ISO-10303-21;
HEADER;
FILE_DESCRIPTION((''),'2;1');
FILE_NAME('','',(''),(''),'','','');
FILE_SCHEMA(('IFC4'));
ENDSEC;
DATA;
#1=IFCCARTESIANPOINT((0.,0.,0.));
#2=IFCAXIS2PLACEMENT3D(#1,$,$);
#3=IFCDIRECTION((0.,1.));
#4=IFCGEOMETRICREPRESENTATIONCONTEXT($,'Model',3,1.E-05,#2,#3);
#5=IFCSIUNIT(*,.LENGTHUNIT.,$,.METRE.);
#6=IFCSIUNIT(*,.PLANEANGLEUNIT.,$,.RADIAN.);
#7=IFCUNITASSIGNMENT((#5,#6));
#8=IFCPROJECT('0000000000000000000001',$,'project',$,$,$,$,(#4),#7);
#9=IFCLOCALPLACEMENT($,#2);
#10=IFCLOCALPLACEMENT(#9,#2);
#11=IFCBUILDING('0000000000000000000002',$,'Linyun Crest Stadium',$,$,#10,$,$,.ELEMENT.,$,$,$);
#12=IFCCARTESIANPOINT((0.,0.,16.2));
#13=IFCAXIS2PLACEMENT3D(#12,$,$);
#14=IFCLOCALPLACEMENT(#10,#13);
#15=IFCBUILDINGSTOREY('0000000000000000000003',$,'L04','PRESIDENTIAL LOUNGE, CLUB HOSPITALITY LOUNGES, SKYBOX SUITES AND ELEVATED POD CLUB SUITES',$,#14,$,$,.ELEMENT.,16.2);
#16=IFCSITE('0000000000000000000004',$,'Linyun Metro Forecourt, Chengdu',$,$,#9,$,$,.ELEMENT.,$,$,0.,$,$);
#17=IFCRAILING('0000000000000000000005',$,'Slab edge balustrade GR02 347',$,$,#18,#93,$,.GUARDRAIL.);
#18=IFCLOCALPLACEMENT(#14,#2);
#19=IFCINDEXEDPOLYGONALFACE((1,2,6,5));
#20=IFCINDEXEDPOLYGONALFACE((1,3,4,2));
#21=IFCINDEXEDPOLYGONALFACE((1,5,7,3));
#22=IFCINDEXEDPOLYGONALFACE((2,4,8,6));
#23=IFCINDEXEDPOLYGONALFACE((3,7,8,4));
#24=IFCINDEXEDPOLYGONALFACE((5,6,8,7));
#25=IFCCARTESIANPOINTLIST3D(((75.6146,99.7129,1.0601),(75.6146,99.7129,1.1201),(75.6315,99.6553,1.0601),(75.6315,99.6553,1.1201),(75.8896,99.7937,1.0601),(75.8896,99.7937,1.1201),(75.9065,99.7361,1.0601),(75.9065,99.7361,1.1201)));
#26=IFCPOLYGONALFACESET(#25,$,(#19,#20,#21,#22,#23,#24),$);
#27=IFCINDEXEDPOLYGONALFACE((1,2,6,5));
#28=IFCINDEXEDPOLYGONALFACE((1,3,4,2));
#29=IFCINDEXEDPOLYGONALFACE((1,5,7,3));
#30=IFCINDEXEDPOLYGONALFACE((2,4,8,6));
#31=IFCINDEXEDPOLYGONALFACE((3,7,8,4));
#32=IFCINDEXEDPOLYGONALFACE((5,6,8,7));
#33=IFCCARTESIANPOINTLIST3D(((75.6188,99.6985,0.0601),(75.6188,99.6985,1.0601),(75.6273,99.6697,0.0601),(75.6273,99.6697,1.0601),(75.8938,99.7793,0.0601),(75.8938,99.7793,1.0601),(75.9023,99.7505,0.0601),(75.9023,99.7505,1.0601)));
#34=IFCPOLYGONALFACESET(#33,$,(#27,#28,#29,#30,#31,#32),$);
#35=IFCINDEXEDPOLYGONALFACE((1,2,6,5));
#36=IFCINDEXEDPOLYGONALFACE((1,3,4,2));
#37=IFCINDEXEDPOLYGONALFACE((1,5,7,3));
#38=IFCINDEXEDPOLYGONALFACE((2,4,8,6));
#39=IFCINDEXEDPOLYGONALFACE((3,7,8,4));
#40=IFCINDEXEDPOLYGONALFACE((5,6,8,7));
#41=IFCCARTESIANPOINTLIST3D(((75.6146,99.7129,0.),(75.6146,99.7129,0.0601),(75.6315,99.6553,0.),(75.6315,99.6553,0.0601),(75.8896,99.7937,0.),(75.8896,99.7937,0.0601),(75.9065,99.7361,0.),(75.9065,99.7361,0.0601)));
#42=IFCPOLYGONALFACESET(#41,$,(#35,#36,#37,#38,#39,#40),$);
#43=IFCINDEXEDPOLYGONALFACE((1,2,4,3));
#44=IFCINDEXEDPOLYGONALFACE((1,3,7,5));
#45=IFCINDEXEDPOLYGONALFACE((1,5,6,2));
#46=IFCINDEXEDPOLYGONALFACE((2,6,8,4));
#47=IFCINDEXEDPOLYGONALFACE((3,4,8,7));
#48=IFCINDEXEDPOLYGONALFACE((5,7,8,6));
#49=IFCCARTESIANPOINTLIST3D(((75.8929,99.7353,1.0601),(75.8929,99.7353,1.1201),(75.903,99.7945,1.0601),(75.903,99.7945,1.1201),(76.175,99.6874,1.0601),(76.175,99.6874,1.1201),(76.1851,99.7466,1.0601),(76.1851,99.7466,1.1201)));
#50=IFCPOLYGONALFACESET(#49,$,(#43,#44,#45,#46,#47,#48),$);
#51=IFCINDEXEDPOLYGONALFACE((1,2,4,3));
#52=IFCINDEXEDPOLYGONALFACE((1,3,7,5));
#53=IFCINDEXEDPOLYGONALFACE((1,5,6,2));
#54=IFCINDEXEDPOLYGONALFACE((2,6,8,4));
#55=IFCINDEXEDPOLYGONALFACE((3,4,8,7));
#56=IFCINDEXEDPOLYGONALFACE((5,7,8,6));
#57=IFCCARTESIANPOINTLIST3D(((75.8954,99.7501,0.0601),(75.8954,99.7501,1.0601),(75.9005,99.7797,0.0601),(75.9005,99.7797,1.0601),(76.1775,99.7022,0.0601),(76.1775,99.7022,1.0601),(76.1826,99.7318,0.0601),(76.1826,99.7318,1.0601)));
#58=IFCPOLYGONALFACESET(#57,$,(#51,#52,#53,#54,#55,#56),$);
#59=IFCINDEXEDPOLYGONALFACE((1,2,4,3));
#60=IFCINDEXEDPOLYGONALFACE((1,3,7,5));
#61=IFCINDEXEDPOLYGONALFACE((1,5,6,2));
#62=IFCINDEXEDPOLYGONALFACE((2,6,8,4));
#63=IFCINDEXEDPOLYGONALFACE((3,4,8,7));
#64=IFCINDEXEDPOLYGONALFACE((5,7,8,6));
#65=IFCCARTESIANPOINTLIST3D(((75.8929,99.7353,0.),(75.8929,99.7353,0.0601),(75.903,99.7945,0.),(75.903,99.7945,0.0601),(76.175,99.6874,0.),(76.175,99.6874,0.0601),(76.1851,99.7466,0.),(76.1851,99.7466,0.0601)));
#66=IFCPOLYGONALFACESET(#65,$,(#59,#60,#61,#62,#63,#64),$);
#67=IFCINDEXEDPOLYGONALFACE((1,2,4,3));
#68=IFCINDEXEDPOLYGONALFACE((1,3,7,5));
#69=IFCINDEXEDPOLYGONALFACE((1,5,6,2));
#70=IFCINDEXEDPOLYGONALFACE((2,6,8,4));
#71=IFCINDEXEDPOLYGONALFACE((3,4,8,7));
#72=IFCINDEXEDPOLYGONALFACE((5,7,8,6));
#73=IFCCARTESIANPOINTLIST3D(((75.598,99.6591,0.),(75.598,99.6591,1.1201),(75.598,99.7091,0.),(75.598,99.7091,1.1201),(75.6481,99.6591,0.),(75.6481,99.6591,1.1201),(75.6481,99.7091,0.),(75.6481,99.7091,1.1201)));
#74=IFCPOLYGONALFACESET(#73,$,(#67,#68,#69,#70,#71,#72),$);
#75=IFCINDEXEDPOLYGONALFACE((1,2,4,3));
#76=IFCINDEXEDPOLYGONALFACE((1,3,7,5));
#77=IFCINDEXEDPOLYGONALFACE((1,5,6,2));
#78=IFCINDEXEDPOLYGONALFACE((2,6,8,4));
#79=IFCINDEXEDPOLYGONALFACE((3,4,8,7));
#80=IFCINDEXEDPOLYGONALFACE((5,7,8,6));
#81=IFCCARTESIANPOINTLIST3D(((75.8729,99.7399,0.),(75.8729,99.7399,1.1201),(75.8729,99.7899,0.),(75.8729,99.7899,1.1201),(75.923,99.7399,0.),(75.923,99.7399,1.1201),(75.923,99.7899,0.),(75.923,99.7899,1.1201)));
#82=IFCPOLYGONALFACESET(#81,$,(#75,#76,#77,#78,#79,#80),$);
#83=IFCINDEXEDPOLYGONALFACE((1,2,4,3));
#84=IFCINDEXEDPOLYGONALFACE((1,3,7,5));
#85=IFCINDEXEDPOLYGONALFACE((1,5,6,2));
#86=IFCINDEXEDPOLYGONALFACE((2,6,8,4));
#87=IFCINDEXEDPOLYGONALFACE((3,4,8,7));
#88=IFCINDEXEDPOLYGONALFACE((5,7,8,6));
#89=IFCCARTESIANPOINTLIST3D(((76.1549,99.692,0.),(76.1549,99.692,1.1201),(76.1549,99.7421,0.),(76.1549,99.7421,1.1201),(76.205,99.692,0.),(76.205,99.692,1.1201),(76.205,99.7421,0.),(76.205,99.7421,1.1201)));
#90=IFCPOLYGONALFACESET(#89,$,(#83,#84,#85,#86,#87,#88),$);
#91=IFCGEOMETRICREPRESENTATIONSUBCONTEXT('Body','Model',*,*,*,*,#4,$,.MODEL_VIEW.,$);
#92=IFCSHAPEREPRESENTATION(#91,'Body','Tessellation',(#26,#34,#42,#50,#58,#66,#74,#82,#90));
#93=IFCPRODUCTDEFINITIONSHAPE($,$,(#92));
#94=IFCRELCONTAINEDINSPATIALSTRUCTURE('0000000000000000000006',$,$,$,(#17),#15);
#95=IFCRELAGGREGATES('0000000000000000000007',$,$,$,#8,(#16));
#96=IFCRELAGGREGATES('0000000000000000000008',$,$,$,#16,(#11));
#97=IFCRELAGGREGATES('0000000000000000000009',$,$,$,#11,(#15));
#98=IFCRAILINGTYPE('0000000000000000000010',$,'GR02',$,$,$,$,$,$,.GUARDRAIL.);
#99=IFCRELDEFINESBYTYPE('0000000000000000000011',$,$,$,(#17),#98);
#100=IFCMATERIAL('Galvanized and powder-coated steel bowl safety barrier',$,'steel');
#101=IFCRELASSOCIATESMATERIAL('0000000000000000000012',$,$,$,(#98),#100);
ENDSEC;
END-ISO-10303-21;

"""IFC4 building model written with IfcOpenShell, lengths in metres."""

from ifc_helpers import new_model, si_unit, direction, frame, origin, origin_2d, place, context, subcontext, project, spatial, rectangle, extrude, material, type_object, element, save


model = new_model("IFC4")

# Units and contexts
model_context = context("Model", 3, precision=1e-05, world=origin(), true_north=direction((0.0, 1.0)))
body_context = subcontext(model_context, "Body", "Model", "MODEL_VIEW")
ifc_project = project(units=[si_unit("LENGTHUNIT", "METRE"), si_unit("PLANEANGLEUNIT", "RADIAN")], contexts=[model_context])

# Site, building, storey
site_placement = place(None, origin())
site = spatial("IfcSite", under=ifc_project, at=site_placement, Name="Linyun Metro Forecourt, Chengdu", CompositionType="ELEMENT", RefElevation=0.0)
building_placement = place(site_placement, origin())
building = spatial("IfcBuilding", under=site, at=building_placement, Name="Linyun Crest Stadium", CompositionType="ELEMENT")
storey_placement = place(building_placement, frame((0.0, 0.0, 16.2)))
storey = spatial("IfcBuildingStorey", under=building, at=storey_placement, Name="L04", Description="PRESIDENTIAL LOUNGE, CLUB HOSPITALITY LOUNGES, SKYBOX SUITES AND ELEVATED POD CLUB SUITES", CompositionType="ELEMENT", Elevation=16.2)

# Railing
ifc_material_1 = material(Name="Galvanized and powder-coated steel bowl safety barrier", Category="steel")
railing_type = type_object("IfcRailingType", Name="GR02", PredefinedType="GUARDRAIL", material=ifc_material_1)
railing_placement = place(storey_placement, frame((75.623, 99.6841, 0.0)))
element("IfcRailing", 1, at=railing_placement, inside=storey, type_object=railing_type, Name="Slab edge balustrade GR02 347", PredefinedType="GUARDRAIL", context=body_context, shape_type="SweptSolid", body=[
    extrude(rectangle(XDim=0.0601, YDim=0.0601, at=origin_2d()), frame((0.0, 0.0, 1.0901), z_axis=(0.959406, 0.282028, 0.0), x_axis=(-0.282028, 0.959406, 0.0)), (0.0, 0.0, 1.0), 0.2866),
    extrude(rectangle(XDim=0.03, YDim=1.0, at=origin_2d()), frame((0.0, 0.0, 0.5601), z_axis=(0.959406, 0.282028, 0.0), x_axis=(-0.282028, 0.959406, 0.0)), (0.0, 0.0, 1.0), 0.2866),
    extrude(rectangle(XDim=0.0601, YDim=0.0601, at=origin_2d()), frame((0.0, 0.0, 0.03), z_axis=(0.959406, 0.282028, 0.0), x_axis=(-0.282028, 0.959406, 0.0)), (0.0, 0.0, 1.0), 0.2866),
    extrude(rectangle(XDim=0.0601, YDim=0.0601, at=origin_2d()), frame((0.2749, 0.0808, 1.0901), z_axis=(0.985905, -0.167305, 0.0), x_axis=(0.167305, 0.985905, 0.0)), (0.0, 0.0, 1.0), 0.2861),
    extrude(rectangle(XDim=0.03, YDim=1.0, at=origin_2d()), frame((0.2749, 0.0808, 0.5601), z_axis=(0.985905, -0.167305, 0.0), x_axis=(0.167305, 0.985905, 0.0)), (0.0, 0.0, 1.0), 0.2861),
    extrude(rectangle(XDim=0.0601, YDim=0.0601, at=origin_2d()), frame((0.2749, 0.0808, 0.03), z_axis=(0.985905, -0.167305, 0.0), x_axis=(0.167305, 0.985905, 0.0)), (0.0, 0.0, 1.0), 0.2861),
    extrude(rectangle(XDim=0.05, YDim=0.05, at=origin_2d()), origin(), (0.0, 0.0, 1.0), 1.1201),
    extrude(rectangle(XDim=0.05, YDim=0.05, at=origin_2d()), frame((0.2749, 0.0808, 0.0)), (0.0, 0.0, 1.0), 1.1201),
    extrude(rectangle(XDim=0.05, YDim=0.05, at=origin_2d()), frame((0.5569, 0.033, 0.0)), (0.0, 0.0, 1.0), 1.1201),
])

save(model, "model.ifc")
